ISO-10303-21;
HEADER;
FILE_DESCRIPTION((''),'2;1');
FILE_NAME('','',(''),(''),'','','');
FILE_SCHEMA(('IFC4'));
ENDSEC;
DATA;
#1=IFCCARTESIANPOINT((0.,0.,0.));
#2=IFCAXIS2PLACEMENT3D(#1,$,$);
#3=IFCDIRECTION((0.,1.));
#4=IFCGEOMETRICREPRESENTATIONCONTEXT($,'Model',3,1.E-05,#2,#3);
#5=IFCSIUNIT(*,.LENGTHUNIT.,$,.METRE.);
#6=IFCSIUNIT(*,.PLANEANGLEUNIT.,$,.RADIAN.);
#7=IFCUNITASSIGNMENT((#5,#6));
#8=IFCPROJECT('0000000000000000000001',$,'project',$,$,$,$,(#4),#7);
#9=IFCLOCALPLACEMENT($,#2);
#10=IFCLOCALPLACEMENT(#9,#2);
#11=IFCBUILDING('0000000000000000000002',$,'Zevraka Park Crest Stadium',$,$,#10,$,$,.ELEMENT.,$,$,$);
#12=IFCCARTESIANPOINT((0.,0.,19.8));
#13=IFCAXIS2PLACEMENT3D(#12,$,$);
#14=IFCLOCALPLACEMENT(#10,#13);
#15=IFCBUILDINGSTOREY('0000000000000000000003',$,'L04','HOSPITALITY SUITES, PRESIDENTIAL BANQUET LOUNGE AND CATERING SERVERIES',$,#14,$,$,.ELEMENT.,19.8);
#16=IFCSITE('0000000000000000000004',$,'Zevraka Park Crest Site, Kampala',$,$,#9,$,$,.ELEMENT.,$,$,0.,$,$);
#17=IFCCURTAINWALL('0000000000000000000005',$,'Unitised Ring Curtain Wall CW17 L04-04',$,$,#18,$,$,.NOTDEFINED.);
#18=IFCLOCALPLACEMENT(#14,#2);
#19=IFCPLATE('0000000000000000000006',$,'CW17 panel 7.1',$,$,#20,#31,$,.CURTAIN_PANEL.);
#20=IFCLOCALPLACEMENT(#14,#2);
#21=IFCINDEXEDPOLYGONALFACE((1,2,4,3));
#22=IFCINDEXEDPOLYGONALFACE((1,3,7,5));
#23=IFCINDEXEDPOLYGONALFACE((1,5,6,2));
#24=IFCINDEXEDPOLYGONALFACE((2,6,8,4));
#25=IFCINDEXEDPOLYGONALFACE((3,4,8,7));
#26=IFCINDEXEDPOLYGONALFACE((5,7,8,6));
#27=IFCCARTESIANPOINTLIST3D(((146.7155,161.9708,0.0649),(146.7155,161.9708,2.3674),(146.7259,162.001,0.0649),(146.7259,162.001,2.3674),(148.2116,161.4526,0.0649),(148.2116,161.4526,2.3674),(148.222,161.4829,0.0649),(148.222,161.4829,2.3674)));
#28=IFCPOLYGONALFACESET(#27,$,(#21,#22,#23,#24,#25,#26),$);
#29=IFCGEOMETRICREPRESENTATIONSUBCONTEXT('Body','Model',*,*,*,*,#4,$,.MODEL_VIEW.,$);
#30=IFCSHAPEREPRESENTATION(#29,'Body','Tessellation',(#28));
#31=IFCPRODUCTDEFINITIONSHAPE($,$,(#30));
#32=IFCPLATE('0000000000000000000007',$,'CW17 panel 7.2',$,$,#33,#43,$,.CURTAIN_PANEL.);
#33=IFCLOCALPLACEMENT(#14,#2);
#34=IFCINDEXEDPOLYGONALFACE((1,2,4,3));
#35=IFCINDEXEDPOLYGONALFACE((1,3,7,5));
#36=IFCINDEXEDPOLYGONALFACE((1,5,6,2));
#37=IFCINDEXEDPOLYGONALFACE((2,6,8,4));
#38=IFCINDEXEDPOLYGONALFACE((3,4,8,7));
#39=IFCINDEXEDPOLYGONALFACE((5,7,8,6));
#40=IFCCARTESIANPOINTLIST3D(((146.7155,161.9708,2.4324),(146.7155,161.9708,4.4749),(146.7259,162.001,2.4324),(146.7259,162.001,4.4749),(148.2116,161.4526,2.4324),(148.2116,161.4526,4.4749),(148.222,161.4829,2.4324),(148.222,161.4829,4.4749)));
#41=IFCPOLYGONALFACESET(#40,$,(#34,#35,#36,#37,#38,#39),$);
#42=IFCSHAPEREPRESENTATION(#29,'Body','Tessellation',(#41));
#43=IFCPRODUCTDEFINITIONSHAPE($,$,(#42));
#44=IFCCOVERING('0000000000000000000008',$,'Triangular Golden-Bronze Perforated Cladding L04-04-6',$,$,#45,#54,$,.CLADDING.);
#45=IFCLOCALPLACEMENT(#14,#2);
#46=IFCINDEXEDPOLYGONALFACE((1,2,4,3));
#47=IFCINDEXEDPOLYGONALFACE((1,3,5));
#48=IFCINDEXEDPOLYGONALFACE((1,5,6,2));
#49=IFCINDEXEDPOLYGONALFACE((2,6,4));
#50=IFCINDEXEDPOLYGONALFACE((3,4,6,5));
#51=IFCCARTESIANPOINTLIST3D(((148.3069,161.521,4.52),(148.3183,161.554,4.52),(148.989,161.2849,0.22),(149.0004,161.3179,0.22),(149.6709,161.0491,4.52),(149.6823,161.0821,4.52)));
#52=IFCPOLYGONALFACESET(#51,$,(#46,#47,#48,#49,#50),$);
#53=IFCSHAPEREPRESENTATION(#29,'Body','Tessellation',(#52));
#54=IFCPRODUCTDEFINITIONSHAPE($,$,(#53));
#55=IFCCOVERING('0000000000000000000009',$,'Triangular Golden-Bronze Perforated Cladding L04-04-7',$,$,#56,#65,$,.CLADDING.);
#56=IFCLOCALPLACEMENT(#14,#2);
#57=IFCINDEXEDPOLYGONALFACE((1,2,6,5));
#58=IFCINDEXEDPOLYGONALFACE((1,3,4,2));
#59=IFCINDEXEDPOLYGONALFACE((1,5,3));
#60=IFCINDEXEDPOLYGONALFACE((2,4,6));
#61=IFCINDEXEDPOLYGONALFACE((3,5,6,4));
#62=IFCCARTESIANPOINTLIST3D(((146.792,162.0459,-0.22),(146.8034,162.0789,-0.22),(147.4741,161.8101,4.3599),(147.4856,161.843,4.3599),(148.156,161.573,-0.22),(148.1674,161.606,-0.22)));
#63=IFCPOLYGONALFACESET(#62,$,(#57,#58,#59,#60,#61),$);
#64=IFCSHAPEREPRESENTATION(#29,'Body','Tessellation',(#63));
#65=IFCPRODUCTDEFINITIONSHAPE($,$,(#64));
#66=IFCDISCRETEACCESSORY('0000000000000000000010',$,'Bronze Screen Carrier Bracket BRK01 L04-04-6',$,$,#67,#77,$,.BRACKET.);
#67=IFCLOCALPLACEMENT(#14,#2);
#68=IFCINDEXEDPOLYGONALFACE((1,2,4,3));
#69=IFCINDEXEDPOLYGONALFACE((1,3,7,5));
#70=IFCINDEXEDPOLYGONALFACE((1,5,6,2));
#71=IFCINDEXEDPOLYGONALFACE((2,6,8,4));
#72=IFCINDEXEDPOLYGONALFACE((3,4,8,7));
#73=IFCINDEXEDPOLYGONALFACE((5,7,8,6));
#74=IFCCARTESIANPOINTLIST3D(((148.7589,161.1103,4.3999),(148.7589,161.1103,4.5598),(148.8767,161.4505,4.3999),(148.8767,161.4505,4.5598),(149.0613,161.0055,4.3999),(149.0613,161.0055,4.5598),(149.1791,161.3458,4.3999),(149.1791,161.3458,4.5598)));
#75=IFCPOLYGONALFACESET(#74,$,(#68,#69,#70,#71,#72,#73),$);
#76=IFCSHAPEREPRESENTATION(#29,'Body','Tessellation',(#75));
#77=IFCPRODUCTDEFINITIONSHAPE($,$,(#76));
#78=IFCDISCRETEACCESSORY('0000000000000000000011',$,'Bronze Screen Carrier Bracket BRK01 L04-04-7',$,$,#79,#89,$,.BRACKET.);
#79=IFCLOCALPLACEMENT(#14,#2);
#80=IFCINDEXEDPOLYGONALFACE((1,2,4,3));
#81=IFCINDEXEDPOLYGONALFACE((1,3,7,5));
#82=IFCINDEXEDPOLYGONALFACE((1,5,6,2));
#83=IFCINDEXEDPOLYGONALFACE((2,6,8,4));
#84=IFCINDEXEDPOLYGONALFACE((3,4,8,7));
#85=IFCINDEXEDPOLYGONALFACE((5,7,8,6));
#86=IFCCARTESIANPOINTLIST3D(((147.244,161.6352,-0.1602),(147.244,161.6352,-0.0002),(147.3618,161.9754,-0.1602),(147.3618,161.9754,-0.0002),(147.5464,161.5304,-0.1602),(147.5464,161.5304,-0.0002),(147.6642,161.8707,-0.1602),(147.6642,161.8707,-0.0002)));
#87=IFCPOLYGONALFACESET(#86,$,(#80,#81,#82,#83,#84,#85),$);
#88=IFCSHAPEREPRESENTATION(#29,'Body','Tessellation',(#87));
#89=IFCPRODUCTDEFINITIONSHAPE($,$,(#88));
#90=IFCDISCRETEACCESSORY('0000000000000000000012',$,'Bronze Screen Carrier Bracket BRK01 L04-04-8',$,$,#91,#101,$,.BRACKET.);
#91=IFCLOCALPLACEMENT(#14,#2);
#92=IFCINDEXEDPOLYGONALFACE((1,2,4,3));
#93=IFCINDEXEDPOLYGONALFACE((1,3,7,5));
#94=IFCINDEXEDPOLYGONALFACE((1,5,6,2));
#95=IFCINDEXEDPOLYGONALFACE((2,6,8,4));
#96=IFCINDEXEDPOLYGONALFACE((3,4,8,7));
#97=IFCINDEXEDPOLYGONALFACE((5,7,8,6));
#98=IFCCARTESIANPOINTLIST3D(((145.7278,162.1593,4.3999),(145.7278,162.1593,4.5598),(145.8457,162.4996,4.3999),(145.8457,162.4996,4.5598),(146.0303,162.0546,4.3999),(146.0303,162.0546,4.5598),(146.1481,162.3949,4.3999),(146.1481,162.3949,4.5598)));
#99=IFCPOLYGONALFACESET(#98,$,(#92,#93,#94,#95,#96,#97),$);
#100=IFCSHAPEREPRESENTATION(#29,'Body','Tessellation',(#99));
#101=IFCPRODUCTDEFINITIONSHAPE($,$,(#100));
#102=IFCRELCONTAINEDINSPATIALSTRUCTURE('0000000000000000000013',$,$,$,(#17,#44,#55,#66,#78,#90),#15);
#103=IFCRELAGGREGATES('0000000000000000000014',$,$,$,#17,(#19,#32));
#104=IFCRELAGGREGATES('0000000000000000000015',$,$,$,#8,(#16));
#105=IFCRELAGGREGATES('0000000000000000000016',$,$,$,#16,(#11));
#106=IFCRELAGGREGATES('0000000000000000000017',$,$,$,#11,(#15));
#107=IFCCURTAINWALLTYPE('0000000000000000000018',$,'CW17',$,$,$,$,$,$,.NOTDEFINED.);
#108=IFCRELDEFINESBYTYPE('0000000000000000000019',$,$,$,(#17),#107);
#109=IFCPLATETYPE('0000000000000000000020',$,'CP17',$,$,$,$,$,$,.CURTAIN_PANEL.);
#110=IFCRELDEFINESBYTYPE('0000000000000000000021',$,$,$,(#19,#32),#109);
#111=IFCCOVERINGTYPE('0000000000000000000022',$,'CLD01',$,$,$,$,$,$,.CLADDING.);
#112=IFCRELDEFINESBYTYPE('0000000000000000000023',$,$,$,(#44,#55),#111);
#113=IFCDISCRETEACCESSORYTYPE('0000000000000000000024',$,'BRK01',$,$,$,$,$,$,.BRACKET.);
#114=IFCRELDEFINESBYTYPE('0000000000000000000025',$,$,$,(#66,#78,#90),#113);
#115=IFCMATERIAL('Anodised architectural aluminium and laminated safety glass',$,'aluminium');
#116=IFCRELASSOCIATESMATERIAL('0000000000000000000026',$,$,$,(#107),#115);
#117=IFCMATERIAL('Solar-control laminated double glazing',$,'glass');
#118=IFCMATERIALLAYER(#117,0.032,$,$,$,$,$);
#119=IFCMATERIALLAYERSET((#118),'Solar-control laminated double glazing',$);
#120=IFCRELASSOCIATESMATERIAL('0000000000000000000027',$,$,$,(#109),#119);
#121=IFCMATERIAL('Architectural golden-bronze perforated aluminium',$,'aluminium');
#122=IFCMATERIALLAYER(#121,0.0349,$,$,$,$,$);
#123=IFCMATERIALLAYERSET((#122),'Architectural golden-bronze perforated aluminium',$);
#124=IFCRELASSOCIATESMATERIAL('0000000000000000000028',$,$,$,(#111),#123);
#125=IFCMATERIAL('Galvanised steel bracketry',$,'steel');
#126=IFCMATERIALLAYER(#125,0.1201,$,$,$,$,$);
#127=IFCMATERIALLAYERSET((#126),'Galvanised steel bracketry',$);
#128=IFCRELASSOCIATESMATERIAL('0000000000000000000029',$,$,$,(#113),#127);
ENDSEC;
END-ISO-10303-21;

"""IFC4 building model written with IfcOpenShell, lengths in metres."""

from ifc_helpers import new_model, si_unit, direction, frame, origin, origin_2d, place, context, subcontext, project, spatial, polyline, rectangle, outline, extrude, material, layer, layer_set, type_object, element, aggregate, save


model = new_model("IFC4")

# Units and contexts
model_context = context("Model", 3, precision=1e-05, world=origin(), true_north=direction((0.0, 1.0)))
body_context = subcontext(model_context, "Body", "Model", "MODEL_VIEW")
ifc_project = project(units=[si_unit("LENGTHUNIT", "METRE"), si_unit("PLANEANGLEUNIT", "RADIAN")], contexts=[model_context])

# Site, building, storey
site_placement = place(None, origin())
site = spatial("IfcSite", under=ifc_project, at=site_placement, Name="Zevraka Park Crest Site, Kampala", CompositionType="ELEMENT", RefElevation=0.0)
building_placement = place(site_placement, origin())
building = spatial("IfcBuilding", under=site, at=building_placement, Name="Zevraka Park Crest Stadium", CompositionType="ELEMENT")
storey_placement = place(building_placement, frame((0.0, 0.0, 19.8)))
storey = spatial("IfcBuildingStorey", under=building, at=storey_placement, Name="L04", Description="HOSPITALITY SUITES, PRESIDENTIAL BANQUET LOUNGE AND CATERING SERVERIES", CompositionType="ELEMENT", Elevation=19.8)

# Curtain wall
ifc_material_1 = material(Name="Anodised architectural aluminium and laminated safety glass", Category="aluminium")
curtain_wall_type = type_object("IfcCurtainWallType", Name="CW17", PredefinedType="NOTDEFINED", material=ifc_material_1)
curtain_wall_placement = place(storey_placement, origin())
curtain_wall = element("IfcCurtainWall", 1, at=curtain_wall_placement, inside=storey, type_object=curtain_wall_type, Name="Unitised Ring Curtain Wall CW17 L04-04", PredefinedType="NOTDEFINED")

# Plates
ifc_material_2 = material(Name="Solar-control laminated double glazing", Category="glass")
ifc_layer_1 = layer(ifc_material_2, 0.032)
ifc_layer_set_1 = layer_set([ifc_layer_1], Name="Solar-control laminated double glazing")
plate_type = type_object("IfcPlateType", Name="CP17", PredefinedType="CURTAIN_PANEL", material=ifc_layer_set_1)
plate_1_placement = place(storey_placement, frame((147.4688, 161.7268, 0.0649), z_axis=(0.0, 0.0, 1.0), x_axis=(-0.94494, 0.327245, 0.0)))
plate_1 = element("IfcPlate", 2, at=plate_1_placement, type_object=plate_type, Name="CW17 panel 7.1", PredefinedType="CURTAIN_PANEL", context=body_context, shape_type="SweptSolid", body=[
    extrude(rectangle(XDim=1.5833, YDim=0.032, at=origin_2d()), origin(), (0.0, 0.0, 1.0), 2.3025),
])
plate_2_placement = place(storey_placement, frame((147.4688, 161.7268, 2.4324), z_axis=(0.0, 0.0, 1.0), x_axis=(-0.94494, 0.327245, 0.0)))
plate_2 = element("IfcPlate", 3, at=plate_2_placement, type_object=plate_type, Name="CW17 panel 7.2", PredefinedType="CURTAIN_PANEL", context=body_context, shape_type="SweptSolid", body=[
    extrude(rectangle(XDim=1.5833, YDim=0.032, at=origin_2d()), origin(), (0.0, 0.0, 1.0), 2.0425),
])
aggregate(curtain_wall, [plate_1, plate_2])

# Coverings
ifc_material_3 = material(Name="Architectural golden-bronze perforated aluminium", Category="aluminium")
ifc_layer_2 = layer(ifc_material_3, 0.0349)
ifc_layer_set_2 = layer_set([ifc_layer_2], Name="Architectural golden-bronze perforated aluminium")
covering_type = type_object("IfcCoveringType", Name="CLD01", PredefinedType="CLADDING", material=ifc_layer_set_2)
covering_1_placement = place(storey_placement, frame((148.3069, 161.521, 4.52), z_axis=(-0.326965, -0.945036, 0.000018), x_axis=(0.945036, -0.326965, 0.0)))
element("IfcCovering", 4, at=covering_1_placement, inside=storey, type_object=covering_type, Name="Triangular Golden-Bronze Perforated Cladding L04-04-6", PredefinedType="CLADDING", context=body_context, shape_type="SweptSolid", body=[
    extrude(outline(polyline([(0.0, 0.0), (1.4433, 0.0), (0.7218, -4.3), (0.0, 0.0)])), origin(), (0.0, 0.0, -1.0), 0.0349),
])
covering_2_placement = place(storey_placement, frame((148.156, 161.573, -0.22), z_axis=(-0.327569, -0.944827, 0.000135), x_axis=(-0.944827, 0.327569, 0.0)))
element("IfcCovering", 5, at=covering_2_placement, inside=storey, type_object=covering_type, Name="Triangular Golden-Bronze Perforated Cladding L04-04-7", PredefinedType="CLADDING", context=body_context, shape_type="SweptSolid", body=[
    extrude(outline(polyline([(0.0, 0.0), (1.4437, 0.0), (0.7219, -4.5798), (0.0, 0.0)])), origin(), (0.0, 0.0, -1.0), 0.0349),
])

# Discrete accessories
ifc_material_4 = material(Name="Galvanised steel bracketry", Category="steel")
ifc_layer_3 = layer(ifc_material_4, 0.1201)
ifc_layer_set_3 = layer_set([ifc_layer_3], Name="Galvanised steel bracketry")
discrete_accessory_type = type_object("IfcDiscreteAccessoryType", Name="BRK01", PredefinedType="BRACKET", material=ifc_layer_set_3)
for number, where, z_axis, x_axis, name in (
    (6, (148.969, 161.228, 4.3999), (0.0, 0.0, 1.0), (-0.944949, 0.327218, 0.0), "Bronze Screen Carrier Bracket BRK01 L04-04-6"),
    (7, (147.4541, 161.7529, -0.1602), (0.0, 0.0, 1.0), (-0.944949, 0.327218, 0.0), "Bronze Screen Carrier Bracket BRK01 L04-04-7"),
    (8, (145.938, 162.2771, 4.3999), (0.0, 0.0, 1.0), (-0.944949, 0.327218, 0.0), "Bronze Screen Carrier Bracket BRK01 L04-04-8"),
):
    element("IfcDiscreteAccessory", number, at=place(storey_placement, frame(where, z_axis=z_axis, x_axis=x_axis)), inside=storey, type_object=discrete_accessory_type, Name=name, PredefinedType="BRACKET", context=body_context, shape_type="SweptSolid", body=[
        extrude(rectangle(XDim=0.3201, YDim=0.3601, at=origin_2d()), origin(), (0.0, 0.0, 1.0), 0.1599),
    ])

save(model, "model.ifc")
